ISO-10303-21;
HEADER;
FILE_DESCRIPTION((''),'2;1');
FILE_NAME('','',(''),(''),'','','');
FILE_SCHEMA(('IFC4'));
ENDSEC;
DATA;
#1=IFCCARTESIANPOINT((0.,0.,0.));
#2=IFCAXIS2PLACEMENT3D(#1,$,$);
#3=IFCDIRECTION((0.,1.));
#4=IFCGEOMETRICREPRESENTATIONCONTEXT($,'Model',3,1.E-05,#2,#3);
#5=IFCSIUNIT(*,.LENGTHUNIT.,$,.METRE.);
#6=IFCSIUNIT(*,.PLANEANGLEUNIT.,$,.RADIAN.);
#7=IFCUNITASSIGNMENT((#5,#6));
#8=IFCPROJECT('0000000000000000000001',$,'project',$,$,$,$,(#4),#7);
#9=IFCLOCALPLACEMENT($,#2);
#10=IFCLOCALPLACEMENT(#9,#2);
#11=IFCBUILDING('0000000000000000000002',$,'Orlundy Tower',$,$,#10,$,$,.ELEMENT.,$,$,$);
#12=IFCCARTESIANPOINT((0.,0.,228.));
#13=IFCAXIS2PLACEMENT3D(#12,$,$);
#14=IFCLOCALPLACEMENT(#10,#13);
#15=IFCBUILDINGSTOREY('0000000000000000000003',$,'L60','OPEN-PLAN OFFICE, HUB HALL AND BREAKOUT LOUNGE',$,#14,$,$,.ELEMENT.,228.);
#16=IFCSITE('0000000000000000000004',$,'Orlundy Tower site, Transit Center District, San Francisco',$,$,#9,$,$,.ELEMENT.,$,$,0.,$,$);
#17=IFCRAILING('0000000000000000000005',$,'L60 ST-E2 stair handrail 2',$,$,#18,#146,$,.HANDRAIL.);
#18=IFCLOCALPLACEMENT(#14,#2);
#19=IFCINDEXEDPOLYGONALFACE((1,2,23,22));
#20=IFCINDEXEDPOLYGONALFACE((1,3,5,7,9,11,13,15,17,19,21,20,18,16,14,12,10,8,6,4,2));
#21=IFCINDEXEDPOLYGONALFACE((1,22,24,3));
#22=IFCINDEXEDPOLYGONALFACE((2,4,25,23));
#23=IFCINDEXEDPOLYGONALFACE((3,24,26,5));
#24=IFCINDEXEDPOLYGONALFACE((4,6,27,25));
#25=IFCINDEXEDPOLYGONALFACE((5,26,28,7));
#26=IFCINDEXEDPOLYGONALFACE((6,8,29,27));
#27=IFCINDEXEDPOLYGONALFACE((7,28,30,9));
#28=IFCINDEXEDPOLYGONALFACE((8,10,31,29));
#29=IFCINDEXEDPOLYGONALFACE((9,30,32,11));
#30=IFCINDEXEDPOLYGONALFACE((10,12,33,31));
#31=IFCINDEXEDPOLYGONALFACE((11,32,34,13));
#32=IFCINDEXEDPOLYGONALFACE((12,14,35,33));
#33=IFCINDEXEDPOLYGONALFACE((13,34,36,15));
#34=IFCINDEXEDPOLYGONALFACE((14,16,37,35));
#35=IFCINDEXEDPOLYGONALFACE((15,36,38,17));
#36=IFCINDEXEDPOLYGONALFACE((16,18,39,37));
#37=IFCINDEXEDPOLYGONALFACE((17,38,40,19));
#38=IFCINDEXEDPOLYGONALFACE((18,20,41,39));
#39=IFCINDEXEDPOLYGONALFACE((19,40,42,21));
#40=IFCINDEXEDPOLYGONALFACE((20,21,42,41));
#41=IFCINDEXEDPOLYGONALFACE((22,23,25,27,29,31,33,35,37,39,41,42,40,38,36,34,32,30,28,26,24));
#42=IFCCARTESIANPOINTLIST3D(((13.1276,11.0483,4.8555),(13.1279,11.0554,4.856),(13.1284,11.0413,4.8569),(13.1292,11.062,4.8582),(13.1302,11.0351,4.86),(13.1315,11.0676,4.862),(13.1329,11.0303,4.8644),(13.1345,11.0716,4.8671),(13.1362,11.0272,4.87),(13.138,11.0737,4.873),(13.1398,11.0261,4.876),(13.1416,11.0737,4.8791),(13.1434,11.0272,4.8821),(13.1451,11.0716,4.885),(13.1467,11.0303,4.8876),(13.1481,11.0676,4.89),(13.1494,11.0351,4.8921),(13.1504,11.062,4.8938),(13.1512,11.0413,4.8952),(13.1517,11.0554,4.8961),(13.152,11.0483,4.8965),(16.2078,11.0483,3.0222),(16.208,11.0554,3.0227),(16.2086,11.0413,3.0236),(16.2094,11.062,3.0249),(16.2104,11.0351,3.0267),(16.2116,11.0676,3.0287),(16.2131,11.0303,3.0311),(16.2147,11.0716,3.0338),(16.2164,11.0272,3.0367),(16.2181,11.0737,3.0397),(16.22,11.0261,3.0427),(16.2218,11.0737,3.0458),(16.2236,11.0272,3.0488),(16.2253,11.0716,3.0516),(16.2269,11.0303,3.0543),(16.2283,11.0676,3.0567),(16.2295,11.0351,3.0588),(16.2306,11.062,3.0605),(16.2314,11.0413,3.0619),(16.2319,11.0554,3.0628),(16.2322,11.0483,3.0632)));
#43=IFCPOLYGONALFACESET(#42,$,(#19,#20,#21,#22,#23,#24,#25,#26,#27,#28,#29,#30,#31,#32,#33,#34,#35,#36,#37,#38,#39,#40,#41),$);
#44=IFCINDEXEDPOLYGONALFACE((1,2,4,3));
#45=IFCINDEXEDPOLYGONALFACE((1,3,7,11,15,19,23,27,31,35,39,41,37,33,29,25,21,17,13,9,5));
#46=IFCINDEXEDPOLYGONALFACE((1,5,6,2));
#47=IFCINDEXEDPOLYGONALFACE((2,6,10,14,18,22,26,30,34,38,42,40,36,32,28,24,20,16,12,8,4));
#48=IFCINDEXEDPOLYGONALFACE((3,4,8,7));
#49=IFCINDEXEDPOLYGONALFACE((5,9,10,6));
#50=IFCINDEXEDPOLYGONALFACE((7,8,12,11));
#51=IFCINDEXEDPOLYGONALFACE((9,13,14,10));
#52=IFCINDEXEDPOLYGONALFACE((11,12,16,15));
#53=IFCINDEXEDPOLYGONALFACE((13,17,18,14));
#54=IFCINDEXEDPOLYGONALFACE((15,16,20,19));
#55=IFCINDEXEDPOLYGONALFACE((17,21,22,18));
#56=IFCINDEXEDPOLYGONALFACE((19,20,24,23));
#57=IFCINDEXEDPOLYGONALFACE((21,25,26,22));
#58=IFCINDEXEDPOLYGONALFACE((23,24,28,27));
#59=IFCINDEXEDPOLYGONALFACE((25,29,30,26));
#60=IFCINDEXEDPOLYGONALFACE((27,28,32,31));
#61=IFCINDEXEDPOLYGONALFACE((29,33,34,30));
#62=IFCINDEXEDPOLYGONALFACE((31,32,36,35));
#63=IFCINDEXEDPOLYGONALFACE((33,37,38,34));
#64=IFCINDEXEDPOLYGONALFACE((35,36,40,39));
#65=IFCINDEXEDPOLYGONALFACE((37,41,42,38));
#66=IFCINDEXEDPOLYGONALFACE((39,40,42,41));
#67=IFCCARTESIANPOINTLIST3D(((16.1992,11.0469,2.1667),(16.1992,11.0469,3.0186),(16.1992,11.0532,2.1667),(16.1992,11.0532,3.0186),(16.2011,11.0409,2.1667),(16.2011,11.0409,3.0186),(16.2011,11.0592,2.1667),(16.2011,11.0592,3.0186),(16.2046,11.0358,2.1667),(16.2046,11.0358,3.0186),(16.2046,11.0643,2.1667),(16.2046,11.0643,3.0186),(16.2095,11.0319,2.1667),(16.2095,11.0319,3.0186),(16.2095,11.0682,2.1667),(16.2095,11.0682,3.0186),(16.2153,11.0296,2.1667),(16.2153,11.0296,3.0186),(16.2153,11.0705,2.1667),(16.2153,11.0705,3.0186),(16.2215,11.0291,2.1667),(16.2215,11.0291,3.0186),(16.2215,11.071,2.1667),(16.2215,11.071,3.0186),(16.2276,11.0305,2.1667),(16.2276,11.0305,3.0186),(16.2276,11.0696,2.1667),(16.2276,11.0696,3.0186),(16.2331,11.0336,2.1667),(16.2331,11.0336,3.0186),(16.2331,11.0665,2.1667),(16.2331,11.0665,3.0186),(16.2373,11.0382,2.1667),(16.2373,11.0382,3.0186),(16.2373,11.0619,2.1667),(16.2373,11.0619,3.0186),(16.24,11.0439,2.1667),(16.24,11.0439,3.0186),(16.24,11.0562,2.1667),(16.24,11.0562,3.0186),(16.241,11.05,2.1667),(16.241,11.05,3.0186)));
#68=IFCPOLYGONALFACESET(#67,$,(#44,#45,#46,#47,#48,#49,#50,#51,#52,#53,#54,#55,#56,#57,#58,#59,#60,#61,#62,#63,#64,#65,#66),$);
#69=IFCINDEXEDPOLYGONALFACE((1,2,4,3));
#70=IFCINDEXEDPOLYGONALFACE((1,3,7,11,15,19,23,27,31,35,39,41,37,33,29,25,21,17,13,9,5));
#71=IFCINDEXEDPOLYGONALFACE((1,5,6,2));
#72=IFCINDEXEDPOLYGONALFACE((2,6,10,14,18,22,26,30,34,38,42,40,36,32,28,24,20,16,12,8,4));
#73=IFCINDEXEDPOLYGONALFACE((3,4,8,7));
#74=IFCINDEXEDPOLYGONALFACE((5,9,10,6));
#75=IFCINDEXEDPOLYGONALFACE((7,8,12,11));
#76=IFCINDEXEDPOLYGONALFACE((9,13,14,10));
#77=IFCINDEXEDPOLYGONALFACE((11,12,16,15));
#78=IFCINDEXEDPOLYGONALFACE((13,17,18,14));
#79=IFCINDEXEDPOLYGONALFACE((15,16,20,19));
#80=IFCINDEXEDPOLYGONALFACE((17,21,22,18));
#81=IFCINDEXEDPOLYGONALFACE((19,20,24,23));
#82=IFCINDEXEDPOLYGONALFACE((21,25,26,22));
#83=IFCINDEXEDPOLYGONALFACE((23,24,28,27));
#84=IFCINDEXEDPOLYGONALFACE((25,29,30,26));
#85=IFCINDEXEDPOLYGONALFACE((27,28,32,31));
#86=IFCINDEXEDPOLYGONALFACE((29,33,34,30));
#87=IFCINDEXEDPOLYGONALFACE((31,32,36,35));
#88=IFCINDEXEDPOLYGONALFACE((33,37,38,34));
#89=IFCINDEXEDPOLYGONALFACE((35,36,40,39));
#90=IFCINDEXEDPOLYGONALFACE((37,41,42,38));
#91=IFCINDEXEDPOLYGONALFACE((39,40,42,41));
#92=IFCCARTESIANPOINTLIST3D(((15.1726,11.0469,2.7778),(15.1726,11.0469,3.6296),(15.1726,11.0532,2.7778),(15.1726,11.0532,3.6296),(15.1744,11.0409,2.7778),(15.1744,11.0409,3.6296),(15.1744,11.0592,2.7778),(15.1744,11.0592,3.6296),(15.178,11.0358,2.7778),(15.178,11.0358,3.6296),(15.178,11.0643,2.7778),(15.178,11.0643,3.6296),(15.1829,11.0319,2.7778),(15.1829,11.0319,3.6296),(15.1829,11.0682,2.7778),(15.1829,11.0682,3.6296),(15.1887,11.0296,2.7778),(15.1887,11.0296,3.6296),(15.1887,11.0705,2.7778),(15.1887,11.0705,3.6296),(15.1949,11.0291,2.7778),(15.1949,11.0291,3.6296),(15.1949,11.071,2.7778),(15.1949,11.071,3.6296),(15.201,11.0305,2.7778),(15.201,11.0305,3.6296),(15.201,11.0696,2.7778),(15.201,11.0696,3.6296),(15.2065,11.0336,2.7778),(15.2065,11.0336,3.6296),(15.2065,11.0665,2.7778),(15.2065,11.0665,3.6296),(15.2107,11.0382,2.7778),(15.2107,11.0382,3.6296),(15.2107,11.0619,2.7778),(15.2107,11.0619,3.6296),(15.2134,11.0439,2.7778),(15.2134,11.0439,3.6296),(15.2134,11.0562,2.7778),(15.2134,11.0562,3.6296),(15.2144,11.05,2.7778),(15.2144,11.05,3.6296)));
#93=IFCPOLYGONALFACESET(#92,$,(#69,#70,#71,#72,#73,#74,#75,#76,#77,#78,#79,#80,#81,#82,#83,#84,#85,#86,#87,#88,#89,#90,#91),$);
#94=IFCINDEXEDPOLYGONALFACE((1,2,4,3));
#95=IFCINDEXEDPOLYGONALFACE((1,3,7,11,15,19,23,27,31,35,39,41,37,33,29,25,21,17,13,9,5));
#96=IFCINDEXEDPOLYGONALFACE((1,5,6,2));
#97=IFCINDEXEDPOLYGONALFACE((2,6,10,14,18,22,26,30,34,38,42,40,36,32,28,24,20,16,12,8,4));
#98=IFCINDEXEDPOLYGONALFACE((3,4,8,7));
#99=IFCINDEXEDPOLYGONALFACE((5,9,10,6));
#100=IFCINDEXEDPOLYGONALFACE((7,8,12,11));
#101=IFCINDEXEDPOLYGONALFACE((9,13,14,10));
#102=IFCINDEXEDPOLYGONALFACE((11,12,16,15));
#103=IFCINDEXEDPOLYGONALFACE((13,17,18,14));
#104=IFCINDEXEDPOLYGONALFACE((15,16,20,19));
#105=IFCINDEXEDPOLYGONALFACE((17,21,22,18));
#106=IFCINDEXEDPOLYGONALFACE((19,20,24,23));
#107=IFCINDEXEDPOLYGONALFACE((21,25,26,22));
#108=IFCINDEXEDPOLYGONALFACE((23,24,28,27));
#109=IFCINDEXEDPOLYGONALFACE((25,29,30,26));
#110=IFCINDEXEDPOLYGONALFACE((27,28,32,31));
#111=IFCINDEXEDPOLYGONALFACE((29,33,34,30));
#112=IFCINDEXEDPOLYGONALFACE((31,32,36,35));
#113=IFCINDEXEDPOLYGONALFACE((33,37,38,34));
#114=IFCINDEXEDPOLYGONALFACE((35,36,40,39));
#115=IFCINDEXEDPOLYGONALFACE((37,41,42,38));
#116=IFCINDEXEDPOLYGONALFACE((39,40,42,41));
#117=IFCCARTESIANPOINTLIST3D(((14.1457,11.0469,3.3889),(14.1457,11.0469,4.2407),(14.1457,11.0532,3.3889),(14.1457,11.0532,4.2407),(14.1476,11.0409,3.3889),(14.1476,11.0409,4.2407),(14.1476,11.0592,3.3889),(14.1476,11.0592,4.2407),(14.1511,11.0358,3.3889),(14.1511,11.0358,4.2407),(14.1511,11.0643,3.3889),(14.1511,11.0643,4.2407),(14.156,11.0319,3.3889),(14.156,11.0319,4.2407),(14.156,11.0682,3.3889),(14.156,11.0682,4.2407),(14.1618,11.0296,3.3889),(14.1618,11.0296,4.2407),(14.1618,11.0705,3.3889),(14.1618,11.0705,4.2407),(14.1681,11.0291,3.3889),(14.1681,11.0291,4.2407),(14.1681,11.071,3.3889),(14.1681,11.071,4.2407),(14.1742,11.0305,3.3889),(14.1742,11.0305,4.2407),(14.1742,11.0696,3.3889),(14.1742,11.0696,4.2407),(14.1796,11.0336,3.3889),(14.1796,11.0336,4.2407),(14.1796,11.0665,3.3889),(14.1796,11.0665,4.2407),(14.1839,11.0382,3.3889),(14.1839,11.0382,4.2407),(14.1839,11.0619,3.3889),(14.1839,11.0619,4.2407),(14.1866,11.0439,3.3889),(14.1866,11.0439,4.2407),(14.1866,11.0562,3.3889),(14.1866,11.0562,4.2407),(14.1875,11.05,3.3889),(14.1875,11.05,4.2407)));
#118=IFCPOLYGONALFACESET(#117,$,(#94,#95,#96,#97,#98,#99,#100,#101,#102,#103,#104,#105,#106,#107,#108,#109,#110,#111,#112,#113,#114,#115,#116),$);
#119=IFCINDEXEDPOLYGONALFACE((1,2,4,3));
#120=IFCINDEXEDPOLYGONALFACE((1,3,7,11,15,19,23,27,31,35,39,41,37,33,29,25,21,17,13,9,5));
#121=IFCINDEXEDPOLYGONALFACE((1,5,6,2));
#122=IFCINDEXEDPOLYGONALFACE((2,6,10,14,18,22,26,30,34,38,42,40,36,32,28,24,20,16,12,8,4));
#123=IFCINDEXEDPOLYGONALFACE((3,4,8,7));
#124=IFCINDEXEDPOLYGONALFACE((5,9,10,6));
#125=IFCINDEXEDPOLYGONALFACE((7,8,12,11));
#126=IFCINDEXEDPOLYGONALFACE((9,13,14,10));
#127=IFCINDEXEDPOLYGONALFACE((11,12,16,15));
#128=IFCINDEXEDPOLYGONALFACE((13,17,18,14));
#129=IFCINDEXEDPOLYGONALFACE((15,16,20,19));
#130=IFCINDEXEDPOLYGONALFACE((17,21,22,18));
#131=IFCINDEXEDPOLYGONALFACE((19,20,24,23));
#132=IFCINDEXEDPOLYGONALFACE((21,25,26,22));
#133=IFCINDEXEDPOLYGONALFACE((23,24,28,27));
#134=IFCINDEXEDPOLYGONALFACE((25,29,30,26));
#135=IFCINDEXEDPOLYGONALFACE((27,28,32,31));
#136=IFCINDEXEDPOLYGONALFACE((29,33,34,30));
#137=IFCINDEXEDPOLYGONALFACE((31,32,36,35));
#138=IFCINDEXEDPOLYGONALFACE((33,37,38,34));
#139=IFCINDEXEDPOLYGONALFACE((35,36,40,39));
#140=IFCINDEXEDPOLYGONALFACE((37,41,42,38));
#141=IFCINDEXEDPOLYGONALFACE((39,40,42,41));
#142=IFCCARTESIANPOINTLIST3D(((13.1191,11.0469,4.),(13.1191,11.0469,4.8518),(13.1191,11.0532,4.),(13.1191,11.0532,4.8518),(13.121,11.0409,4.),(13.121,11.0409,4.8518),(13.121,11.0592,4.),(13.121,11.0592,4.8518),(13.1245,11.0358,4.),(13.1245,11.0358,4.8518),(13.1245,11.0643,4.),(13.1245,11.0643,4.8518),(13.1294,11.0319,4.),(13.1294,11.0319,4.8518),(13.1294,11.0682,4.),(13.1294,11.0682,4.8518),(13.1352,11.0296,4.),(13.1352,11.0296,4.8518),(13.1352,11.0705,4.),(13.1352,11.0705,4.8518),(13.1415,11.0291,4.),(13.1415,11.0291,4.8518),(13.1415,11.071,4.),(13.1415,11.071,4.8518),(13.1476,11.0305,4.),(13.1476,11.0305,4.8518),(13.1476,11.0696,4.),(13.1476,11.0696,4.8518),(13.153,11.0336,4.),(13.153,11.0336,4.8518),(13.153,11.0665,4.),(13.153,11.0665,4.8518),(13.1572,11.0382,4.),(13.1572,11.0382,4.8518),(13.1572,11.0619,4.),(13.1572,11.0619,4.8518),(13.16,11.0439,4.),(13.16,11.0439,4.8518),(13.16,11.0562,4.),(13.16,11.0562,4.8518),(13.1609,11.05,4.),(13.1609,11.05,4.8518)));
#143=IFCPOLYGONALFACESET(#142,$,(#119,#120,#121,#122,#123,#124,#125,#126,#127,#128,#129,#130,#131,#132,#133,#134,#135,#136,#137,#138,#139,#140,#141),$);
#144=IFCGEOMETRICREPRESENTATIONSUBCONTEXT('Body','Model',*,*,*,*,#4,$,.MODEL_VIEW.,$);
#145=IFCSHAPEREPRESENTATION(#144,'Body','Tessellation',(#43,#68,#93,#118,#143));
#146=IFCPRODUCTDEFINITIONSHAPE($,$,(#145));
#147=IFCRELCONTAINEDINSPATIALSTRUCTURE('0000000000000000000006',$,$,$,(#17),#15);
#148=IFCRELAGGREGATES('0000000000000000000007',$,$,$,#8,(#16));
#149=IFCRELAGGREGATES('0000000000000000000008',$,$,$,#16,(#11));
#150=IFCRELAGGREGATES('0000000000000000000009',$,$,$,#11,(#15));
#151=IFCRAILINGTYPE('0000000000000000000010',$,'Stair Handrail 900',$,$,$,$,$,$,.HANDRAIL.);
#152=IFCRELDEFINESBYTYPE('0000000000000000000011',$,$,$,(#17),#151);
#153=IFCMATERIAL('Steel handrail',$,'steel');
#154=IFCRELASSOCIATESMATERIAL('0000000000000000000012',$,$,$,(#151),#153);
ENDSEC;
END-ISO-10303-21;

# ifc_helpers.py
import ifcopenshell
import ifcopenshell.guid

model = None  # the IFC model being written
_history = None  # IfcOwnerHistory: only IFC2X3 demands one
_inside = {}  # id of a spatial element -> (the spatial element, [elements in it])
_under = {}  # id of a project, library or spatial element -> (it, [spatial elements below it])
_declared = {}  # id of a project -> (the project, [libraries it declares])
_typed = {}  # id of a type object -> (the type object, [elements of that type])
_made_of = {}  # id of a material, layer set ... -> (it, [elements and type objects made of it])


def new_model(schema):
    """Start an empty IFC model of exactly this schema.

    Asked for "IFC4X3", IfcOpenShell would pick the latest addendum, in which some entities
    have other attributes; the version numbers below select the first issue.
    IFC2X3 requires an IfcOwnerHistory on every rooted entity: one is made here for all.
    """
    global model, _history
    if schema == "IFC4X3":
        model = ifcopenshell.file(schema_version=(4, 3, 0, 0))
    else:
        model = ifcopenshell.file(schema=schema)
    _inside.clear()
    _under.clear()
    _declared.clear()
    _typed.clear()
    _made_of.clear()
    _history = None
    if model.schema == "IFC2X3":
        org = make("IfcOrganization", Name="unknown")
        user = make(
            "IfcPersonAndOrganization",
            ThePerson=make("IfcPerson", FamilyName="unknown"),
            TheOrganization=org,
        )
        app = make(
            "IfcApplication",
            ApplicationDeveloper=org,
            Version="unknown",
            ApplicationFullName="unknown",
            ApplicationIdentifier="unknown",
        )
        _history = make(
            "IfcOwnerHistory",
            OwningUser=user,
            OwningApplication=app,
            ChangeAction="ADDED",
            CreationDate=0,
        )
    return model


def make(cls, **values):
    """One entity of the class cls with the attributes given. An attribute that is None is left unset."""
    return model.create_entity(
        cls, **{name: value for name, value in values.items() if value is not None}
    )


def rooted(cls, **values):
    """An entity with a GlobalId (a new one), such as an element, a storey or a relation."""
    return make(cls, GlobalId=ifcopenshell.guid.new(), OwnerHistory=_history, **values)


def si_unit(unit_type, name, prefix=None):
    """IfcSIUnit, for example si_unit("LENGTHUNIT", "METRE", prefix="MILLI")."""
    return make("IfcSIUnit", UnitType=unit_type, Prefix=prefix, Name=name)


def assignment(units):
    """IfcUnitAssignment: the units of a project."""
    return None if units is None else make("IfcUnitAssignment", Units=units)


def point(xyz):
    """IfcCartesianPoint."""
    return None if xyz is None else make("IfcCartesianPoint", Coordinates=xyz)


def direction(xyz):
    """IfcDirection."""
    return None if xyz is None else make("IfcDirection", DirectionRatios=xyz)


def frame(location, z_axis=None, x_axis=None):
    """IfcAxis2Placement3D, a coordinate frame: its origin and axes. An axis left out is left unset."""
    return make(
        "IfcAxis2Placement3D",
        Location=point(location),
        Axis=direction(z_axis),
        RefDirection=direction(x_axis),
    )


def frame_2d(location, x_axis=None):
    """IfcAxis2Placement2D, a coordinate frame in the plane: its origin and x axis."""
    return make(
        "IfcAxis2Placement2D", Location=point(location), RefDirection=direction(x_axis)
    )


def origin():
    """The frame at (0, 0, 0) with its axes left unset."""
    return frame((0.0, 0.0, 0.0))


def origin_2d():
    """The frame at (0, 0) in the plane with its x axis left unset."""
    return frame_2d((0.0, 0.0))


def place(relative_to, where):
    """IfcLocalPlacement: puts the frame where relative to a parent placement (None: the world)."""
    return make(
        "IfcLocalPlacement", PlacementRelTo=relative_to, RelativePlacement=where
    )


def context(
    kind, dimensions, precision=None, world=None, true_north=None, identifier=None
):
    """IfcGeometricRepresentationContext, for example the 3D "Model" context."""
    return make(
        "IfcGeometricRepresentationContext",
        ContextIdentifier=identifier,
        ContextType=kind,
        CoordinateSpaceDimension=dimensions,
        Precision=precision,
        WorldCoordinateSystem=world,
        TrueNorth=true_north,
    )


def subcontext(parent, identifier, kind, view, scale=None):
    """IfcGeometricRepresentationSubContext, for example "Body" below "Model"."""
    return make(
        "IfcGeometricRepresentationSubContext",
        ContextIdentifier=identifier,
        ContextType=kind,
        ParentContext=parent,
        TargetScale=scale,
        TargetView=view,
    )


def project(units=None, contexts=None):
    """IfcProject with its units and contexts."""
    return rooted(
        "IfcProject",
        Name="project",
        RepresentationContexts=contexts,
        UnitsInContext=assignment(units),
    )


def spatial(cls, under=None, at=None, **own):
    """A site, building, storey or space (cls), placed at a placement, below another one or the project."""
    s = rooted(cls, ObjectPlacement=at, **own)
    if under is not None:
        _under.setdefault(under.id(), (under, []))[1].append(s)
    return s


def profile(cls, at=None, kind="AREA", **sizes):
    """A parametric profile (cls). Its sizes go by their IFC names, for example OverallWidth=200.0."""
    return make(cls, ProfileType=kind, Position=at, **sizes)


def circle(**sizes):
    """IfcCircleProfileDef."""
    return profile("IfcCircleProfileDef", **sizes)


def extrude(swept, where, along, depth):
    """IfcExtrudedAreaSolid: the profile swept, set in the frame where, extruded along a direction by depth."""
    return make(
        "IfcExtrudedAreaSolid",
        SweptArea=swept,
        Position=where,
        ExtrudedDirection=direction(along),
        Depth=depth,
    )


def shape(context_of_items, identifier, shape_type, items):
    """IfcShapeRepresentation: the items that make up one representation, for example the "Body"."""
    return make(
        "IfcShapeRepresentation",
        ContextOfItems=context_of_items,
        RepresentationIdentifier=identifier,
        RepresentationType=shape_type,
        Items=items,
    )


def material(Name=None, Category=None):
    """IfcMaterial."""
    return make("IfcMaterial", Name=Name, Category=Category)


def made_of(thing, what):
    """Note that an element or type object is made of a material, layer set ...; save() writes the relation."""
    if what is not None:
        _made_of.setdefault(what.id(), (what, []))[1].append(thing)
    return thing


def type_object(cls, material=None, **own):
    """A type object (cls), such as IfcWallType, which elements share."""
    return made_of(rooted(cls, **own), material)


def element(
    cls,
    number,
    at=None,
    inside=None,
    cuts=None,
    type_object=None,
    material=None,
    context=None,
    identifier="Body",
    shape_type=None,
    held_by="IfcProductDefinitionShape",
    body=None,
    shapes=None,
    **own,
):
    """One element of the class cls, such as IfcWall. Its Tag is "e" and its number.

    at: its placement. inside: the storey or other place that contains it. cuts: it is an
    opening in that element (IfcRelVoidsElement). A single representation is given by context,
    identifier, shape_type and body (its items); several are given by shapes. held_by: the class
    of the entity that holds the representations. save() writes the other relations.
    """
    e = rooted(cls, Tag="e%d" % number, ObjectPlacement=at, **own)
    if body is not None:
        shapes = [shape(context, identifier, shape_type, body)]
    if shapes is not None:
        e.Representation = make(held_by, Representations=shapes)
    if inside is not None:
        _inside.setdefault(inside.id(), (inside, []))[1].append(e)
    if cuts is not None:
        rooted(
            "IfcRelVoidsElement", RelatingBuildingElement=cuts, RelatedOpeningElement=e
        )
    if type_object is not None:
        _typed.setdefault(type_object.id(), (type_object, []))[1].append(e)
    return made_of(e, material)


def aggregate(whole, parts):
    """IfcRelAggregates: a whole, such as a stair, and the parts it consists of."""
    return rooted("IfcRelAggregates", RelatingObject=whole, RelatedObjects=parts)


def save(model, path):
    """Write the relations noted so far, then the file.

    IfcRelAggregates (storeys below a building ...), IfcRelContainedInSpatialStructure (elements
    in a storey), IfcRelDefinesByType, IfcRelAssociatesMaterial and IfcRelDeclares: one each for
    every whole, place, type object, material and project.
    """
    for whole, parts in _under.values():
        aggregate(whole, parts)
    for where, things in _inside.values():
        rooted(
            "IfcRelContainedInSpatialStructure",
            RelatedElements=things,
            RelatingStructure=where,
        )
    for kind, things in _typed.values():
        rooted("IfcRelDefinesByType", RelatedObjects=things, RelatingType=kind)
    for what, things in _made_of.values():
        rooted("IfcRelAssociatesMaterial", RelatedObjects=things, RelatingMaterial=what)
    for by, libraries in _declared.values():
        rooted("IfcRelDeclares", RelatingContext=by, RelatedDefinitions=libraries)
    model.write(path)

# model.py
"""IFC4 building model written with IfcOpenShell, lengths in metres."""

from ifc_helpers import new_model, si_unit, direction, frame, origin, origin_2d, place, context, subcontext, project, spatial, circle, extrude, material, type_object, element, save


model = new_model("IFC4")

# Units and contexts
model_context = context("Model", 3, precision=1e-05, world=origin(), true_north=direction((0.0, 1.0)))
body_context = subcontext(model_context, "Body", "Model", "MODEL_VIEW")
ifc_project = project(units=[si_unit("LENGTHUNIT", "METRE"), si_unit("PLANEANGLEUNIT", "RADIAN")], contexts=[model_context])

# Site, building, storey
site_placement = place(None, origin())
site = spatial("IfcSite", under=ifc_project, at=site_placement, Name="Orlundy Tower site, Transit Center District, San Francisco", CompositionType="ELEMENT", RefElevation=0.0)
building_placement = place(site_placement, origin())
building = spatial("IfcBuilding", under=site, at=building_placement, Name="Orlundy Tower", CompositionType="ELEMENT")
storey_placement = place(building_placement, frame((0.0, 0.0, 228.0)))
storey = spatial("IfcBuildingStorey", under=building, at=storey_placement, Name="L60", Description="OPEN-PLAN OFFICE, HUB HALL AND BREAKOUT LOUNGE", CompositionType="ELEMENT", Elevation=228.0)

# Railing
ifc_material_1 = material(Name="Steel handrail", Category="steel")
railing_type_1 = type_object("IfcRailingType", Name="Stair Handrail 900", PredefinedType="HANDRAIL", material=ifc_material_1)
railing_1_placement = place(storey_placement, frame((16.22, 11.05, 2.1667)))
element("IfcRailing", 1, at=railing_1_placement, inside=storey, type_object=railing_type_1, Name="L60 ST-E2 stair handrail 2", PredefinedType="HANDRAIL", context=body_context, shape_type="SweptSolid", body=[
    extrude(circle(Radius=0.0239, at=origin_2d()), frame((0.0, 0.0, 0.876), z_axis=(-0.859309, 0.0, 0.511458), x_axis=(0.0, -1.0, 0.0)), (0.0, 0.0, 1.0), 3.5845),
    extrude(circle(Radius=0.021, at=origin_2d()), origin(), (0.0, 0.0, 1.0), 0.8518),
    extrude(circle(Radius=0.021, at=origin_2d()), frame((-1.0266, 0.0, 0.6111)), (0.0, 0.0, 1.0), 0.8518),
    extrude(circle(Radius=0.021, at=origin_2d()), frame((-2.0535, 0.0, 1.2222)), (0.0, 0.0, 1.0), 0.8518),
    extrude(circle(Radius=0.021, at=origin_2d()), frame((-3.0801, 0.0, 1.8333)), (0.0, 0.0, 1.0), 0.8518),
])

save(model, "model.ifc")
